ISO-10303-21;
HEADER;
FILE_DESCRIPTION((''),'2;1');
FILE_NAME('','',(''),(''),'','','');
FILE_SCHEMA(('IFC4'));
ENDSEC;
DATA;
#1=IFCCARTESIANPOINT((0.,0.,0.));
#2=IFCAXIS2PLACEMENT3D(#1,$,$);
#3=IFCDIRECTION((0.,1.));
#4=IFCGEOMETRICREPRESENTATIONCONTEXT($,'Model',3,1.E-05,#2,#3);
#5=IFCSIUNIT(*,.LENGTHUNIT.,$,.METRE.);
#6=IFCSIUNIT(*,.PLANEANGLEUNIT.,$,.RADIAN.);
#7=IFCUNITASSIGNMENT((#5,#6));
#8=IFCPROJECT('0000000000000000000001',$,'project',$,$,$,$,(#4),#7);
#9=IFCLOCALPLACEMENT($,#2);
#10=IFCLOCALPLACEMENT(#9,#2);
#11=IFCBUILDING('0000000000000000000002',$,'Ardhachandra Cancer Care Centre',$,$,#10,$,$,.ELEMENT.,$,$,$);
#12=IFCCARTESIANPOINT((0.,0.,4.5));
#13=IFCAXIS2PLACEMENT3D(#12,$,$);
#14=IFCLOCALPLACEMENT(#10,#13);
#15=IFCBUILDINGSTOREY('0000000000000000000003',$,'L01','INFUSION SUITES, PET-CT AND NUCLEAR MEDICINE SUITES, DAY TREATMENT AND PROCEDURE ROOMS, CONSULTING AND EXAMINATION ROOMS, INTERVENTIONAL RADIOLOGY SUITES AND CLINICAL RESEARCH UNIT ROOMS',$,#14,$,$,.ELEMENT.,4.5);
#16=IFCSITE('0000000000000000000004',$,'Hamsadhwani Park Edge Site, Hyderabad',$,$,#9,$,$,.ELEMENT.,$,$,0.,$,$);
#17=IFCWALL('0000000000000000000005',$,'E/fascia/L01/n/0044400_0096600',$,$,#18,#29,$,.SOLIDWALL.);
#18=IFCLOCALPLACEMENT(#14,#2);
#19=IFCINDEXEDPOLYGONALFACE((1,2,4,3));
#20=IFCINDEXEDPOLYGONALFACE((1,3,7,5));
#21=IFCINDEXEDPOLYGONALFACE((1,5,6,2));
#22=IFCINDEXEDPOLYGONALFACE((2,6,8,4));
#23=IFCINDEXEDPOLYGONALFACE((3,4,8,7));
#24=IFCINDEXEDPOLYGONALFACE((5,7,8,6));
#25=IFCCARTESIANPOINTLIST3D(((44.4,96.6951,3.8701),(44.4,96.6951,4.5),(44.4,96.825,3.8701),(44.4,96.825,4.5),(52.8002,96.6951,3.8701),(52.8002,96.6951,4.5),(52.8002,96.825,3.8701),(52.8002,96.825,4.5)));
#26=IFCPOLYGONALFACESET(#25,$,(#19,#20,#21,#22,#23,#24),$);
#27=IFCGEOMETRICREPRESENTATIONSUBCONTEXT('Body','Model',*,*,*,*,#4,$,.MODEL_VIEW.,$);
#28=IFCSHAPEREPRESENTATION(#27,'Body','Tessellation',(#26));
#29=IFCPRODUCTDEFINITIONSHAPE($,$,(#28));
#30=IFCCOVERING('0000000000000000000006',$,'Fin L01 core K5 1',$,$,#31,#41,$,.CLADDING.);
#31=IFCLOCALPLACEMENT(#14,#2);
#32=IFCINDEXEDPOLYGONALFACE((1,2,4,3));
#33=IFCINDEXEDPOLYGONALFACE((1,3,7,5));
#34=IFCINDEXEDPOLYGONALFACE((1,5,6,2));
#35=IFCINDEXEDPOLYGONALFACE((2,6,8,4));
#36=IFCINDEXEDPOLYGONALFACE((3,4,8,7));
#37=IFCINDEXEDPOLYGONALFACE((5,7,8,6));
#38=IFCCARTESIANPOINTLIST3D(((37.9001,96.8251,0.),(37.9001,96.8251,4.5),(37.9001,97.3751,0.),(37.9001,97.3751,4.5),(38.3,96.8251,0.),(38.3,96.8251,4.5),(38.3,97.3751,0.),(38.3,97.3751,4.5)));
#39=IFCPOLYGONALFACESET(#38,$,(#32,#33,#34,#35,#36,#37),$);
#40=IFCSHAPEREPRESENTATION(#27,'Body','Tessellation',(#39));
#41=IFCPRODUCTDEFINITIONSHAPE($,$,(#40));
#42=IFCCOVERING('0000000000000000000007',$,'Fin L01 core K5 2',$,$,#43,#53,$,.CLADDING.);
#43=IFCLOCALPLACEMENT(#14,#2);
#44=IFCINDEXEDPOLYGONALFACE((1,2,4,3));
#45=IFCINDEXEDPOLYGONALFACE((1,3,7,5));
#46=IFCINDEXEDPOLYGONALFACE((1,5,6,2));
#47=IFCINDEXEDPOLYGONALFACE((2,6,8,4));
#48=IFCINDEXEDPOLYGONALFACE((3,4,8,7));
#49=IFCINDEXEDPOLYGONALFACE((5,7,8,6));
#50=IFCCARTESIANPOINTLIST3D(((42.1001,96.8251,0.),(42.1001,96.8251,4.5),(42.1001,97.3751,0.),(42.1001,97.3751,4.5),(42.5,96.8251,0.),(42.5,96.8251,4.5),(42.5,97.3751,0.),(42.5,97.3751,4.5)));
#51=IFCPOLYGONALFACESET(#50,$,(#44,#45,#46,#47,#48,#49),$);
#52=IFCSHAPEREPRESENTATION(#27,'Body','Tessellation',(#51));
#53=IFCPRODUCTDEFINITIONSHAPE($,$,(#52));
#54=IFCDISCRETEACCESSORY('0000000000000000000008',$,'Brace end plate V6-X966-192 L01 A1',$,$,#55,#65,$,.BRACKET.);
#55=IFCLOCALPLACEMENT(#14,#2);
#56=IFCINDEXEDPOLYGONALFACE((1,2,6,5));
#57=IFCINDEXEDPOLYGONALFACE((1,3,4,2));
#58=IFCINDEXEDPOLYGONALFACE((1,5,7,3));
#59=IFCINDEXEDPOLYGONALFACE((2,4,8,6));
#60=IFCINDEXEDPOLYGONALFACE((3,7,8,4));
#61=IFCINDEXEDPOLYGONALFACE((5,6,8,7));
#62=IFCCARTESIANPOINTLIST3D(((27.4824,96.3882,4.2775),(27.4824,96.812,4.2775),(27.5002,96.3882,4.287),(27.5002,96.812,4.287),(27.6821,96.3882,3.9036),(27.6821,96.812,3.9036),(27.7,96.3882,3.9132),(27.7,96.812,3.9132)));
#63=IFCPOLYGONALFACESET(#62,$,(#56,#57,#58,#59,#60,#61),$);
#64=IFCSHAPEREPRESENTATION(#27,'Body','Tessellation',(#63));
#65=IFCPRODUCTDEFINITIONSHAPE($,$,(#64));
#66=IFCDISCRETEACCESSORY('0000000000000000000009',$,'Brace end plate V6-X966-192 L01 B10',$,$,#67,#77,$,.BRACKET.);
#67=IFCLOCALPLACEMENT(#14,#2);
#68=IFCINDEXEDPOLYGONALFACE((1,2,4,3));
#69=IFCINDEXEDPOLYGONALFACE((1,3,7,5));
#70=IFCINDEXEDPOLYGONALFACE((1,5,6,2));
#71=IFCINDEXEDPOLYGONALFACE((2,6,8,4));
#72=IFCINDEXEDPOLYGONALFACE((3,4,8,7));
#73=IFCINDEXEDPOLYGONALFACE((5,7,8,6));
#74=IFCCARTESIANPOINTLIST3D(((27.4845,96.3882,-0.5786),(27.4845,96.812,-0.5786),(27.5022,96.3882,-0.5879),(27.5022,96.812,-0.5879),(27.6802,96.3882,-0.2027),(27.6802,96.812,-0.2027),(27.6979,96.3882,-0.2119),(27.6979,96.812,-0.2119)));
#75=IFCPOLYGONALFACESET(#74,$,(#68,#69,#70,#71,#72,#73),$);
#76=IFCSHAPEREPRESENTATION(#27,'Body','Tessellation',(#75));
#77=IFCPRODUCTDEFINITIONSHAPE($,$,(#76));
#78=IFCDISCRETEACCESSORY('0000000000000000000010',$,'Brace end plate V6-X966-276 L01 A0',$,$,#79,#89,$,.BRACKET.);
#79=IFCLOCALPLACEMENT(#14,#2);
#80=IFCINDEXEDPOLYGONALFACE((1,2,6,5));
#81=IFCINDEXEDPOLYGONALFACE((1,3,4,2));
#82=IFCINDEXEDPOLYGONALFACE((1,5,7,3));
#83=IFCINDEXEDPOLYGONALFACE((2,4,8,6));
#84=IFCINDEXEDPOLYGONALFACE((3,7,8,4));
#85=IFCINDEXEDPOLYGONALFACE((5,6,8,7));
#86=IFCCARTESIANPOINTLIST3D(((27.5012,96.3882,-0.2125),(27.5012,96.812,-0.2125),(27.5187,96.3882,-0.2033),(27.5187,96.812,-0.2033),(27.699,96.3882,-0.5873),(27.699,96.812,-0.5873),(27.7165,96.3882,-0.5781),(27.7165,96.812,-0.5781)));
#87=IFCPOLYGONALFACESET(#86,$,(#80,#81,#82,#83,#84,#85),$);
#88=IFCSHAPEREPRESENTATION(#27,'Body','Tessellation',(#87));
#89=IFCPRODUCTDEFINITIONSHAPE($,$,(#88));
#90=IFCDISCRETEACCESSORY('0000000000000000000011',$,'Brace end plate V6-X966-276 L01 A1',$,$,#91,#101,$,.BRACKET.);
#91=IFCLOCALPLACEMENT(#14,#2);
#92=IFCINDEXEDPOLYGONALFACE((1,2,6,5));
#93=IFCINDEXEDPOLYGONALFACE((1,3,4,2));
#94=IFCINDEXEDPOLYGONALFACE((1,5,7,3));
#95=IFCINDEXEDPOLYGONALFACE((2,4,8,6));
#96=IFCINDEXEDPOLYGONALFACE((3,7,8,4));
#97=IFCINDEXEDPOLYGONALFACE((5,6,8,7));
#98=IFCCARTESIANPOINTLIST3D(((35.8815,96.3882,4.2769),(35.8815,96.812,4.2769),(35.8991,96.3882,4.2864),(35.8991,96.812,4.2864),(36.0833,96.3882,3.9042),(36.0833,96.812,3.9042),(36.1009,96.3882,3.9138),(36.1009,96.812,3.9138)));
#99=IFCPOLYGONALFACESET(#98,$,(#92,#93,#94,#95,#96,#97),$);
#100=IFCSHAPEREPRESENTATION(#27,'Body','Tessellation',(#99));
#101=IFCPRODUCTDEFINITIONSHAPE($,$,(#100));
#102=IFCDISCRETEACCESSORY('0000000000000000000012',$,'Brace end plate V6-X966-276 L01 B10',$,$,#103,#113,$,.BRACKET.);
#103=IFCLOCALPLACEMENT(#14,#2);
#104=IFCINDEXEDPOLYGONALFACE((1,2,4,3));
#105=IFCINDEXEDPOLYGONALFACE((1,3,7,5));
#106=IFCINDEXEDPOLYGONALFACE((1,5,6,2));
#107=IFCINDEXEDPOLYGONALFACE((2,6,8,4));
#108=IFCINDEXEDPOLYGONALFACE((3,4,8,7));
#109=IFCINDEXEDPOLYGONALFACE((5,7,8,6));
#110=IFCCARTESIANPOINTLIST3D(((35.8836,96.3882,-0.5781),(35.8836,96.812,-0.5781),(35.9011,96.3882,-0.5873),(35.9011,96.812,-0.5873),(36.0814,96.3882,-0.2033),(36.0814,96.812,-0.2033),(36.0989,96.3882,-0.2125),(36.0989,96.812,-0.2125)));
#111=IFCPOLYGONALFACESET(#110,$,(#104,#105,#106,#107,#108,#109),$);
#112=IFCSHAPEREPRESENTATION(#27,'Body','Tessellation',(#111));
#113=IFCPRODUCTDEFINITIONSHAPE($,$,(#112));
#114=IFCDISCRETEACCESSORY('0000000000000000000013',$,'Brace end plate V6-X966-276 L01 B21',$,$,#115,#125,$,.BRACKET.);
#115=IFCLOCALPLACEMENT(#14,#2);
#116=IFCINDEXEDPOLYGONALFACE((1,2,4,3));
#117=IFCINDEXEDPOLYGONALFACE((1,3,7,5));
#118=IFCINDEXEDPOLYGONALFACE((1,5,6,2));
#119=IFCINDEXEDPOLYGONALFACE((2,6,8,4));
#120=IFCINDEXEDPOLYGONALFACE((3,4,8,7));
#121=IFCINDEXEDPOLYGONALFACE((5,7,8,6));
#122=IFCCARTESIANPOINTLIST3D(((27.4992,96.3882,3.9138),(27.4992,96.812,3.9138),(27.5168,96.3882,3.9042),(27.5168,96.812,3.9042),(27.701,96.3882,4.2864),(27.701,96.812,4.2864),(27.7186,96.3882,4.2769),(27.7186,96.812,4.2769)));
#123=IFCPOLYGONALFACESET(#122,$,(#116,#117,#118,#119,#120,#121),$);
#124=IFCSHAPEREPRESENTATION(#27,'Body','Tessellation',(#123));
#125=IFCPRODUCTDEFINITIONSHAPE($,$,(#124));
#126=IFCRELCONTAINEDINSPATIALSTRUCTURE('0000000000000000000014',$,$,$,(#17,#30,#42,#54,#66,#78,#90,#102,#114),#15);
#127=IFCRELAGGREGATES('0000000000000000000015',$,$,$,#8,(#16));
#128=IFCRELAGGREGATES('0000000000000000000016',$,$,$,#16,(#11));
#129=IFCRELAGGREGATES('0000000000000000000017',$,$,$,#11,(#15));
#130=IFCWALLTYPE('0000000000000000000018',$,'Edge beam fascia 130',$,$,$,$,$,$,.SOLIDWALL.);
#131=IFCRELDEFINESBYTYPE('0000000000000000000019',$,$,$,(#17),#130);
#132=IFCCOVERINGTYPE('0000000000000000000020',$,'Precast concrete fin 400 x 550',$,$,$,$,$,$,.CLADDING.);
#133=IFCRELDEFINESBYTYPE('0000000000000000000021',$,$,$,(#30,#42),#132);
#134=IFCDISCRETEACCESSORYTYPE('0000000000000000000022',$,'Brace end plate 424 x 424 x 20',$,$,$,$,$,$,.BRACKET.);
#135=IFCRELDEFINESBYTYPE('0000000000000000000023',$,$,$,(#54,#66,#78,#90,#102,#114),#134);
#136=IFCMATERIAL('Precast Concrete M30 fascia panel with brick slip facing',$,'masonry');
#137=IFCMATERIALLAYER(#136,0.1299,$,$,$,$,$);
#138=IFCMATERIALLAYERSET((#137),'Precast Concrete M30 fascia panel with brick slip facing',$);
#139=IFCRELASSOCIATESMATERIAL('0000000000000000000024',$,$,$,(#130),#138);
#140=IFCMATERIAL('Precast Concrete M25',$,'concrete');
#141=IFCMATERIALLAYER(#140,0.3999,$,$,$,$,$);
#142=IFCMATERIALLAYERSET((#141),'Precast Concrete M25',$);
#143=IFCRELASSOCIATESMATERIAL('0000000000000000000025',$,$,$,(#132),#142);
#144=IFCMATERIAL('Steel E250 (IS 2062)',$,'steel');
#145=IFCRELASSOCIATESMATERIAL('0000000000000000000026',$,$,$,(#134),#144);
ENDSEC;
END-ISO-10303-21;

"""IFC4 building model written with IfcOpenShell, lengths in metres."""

from ifc_helpers import new_model, si_unit, direction, frame, frame_2d, origin, origin_2d, place, context, subcontext, project, spatial, rectangle, extrude, material, layer, layer_set, material_profile, profile_set, type_object, element, save


model = new_model("IFC4")

# Units and contexts
model_context = context("Model", 3, precision=1e-05, world=origin(), true_north=direction((0.0, 1.0)))
body_context = subcontext(model_context, "Body", "Model", "MODEL_VIEW")
ifc_project = project(units=[si_unit("LENGTHUNIT", "METRE"), si_unit("PLANEANGLEUNIT", "RADIAN")], contexts=[model_context])

# Site, building, storey
site_placement = place(None, origin())
site = spatial("IfcSite", under=ifc_project, at=site_placement, Name="Hamsadhwani Park Edge Site, Hyderabad", CompositionType="ELEMENT", RefElevation=0.0)
building_placement = place(site_placement, origin())
building = spatial("IfcBuilding", under=site, at=building_placement, Name="Ardhachandra Cancer Care Centre", CompositionType="ELEMENT")
storey_placement = place(building_placement, frame((0.0, 0.0, 4.5)))
storey = spatial("IfcBuildingStorey", under=building, at=storey_placement, Name="L01", Description="INFUSION SUITES, PET-CT AND NUCLEAR MEDICINE SUITES, DAY TREATMENT AND PROCEDURE ROOMS, CONSULTING AND EXAMINATION ROOMS, INTERVENTIONAL RADIOLOGY SUITES AND CLINICAL RESEARCH UNIT ROOMS", CompositionType="ELEMENT", Elevation=4.5)

# Wall
ifc_material_1 = material(Name="Precast Concrete M30 fascia panel with brick slip facing", Category="masonry")
ifc_layer_1 = layer(ifc_material_1, 0.1299)
ifc_layer_set_1 = layer_set([ifc_layer_1], Name="Precast Concrete M30 fascia panel with brick slip facing")
wall_type_1 = type_object("IfcWallType", Name="Edge beam fascia 130", PredefinedType="SOLIDWALL", material=ifc_layer_set_1)
wall_1_placement = place(storey_placement, frame((44.3999, 96.76, 3.8701), z_axis=(0.0, 0.0, 1.0), x_axis=(1.0, 0.0, 0.0)))
element("IfcWall", 1, at=wall_1_placement, inside=storey, type_object=wall_type_1, Name="E/fascia/L01/n/0044400_0096600", PredefinedType="SOLIDWALL", context=body_context, shape_type="SweptSolid", body=[
    extrude(rectangle(XDim=8.4001, YDim=0.1299, at=frame_2d((4.2002, 0.0))), origin(), (0.0, 0.0, 1.0), 0.6299),
])

# Coverings
ifc_material_2 = material(Name="Precast Concrete M25", Category="concrete")
ifc_layer_2 = layer(ifc_material_2, 0.3999)
ifc_layer_set_2 = layer_set([ifc_layer_2], Name="Precast Concrete M25")
covering_type = type_object("IfcCoveringType", Name="Precast concrete fin 400 x 550", PredefinedType="CLADDING", material=ifc_layer_set_2)
for number, where, z_axis, x_axis, name in (
    (2, (38.1001, 97.1001, 0.0), (0.0, 0.0, 1.0), (1.0, 0.0, 0.0), "Fin L01 core K5 1"),
    (3, (42.3, 97.1001, 0.0), (0.0, 0.0, 1.0), (1.0, 0.0, 0.0), "Fin L01 core K5 2"),
):
    element("IfcCovering", number, at=place(storey_placement, frame(where, z_axis=z_axis, x_axis=x_axis)), inside=storey, type_object=covering_type, Name=name, PredefinedType="CLADDING", context=body_context, shape_type="SweptSolid", body=[
        extrude(rectangle(XDim=0.3999, YDim=0.55, at=origin_2d()), origin(), (0.0, 0.0, 1.0), 4.5),
    ])

# Discrete accessories
ifc_material_3 = material(Name="Steel E250 (IS 2062)", Category="steel")
ifc_material_profile_1 = material_profile(ifc_material_3, rectangle(XDim=0.4238, YDim=0.4238, at=origin_2d()), Name="PL 424x424x20")
ifc_profile_set_1 = profile_set([ifc_material_profile_1], Name="Steel E250 (IS 2062)")
discrete_accessory_type = type_object("IfcDiscreteAccessoryType", Name="Brace end plate 424 x 424 x 20", PredefinedType="BRACKET", material=ifc_profile_set_1)
discrete_accessory_1_placement = place(storey_placement, frame((27.6001, 96.6001, 4.1001), z_axis=(-0.882018, 0.0, -0.471215), x_axis=(0.0, -1.0, 0.0)))
element("IfcDiscreteAccessory", 4, at=discrete_accessory_1_placement, inside=storey, type_object=discrete_accessory_type, Name="Brace end plate V6-X966-192 L01 A1", PredefinedType="BRACKET", context=body_context, shape_type="SweptSolid", body=[
    extrude(rectangle(XDim=0.4238, YDim=0.4238, at=origin_2d()), origin(), (0.0, 0.0, 1.0), 0.0203),
])
discrete_accessory_2_placement = place(storey_placement, frame((27.6001, 96.6001, -0.3999), z_axis=(-0.887018, 0.0, 0.461735), x_axis=(0.0, -1.0, 0.0)))
element("IfcDiscreteAccessory", 5, at=discrete_accessory_2_placement, inside=storey, type_object=discrete_accessory_type, Name="Brace end plate V6-X966-192 L01 B10", PredefinedType="BRACKET", context=body_context, shape_type="SweptSolid", body=[
    extrude(rectangle(XDim=0.4238, YDim=0.4238, at=origin_2d()), origin(), (0.0, 0.0, 1.0), 0.02),
])
discrete_accessory_3_placement = place(storey_placement, frame((27.6001, 96.6001, -0.3999), z_axis=(0.884385, 0.0, 0.466759), x_axis=(0.0, 1.0, 0.0)))
element("IfcDiscreteAccessory", 6, at=discrete_accessory_3_placement, inside=storey, type_object=discrete_accessory_type, Name="Brace end plate V6-X966-276 L01 A0", PredefinedType="BRACKET", context=body_context, shape_type="SweptSolid", body=[
    extrude(rectangle(XDim=0.4238, YDim=0.4238, at=origin_2d()), origin(), (0.0, 0.0, 1.0), 0.0198),
])
discrete_accessory_4_placement = place(storey_placement, frame((36.0, 96.6001, 4.1001), z_axis=(-0.879292, 0.0, -0.476283), x_axis=(0.0, -1.0, 0.0)))
element("IfcDiscreteAccessory", 7, at=discrete_accessory_4_placement, inside=storey, type_object=discrete_accessory_type, Name="Brace end plate V6-X966-276 L01 A1", PredefinedType="BRACKET", context=body_context, shape_type="SweptSolid", body=[
    extrude(rectangle(XDim=0.4238, YDim=0.4238, at=origin_2d()), origin(), (0.0, 0.0, 1.0), 0.02),
])
discrete_accessory_5_placement = place(storey_placement, frame((36.0, 96.6001, -0.3999), z_axis=(-0.884385, 0.0, 0.466759), x_axis=(0.0, -1.0, 0.0)))
element("IfcDiscreteAccessory", 8, at=discrete_accessory_5_placement, inside=storey, type_object=discrete_accessory_type, Name="Brace end plate V6-X966-276 L01 B10", PredefinedType="BRACKET", context=body_context, shape_type="SweptSolid", body=[
    extrude(rectangle(XDim=0.4238, YDim=0.4238, at=origin_2d()), origin(), (0.0, 0.0, 1.0), 0.0198),
])
discrete_accessory_6_placement = place(storey_placement, frame((27.6001, 96.6001, 4.1001), z_axis=(0.879292, 0.0, -0.476283), x_axis=(0.0, 1.0, 0.0)))
element("IfcDiscreteAccessory", 9, at=discrete_accessory_6_placement, inside=storey, type_object=discrete_accessory_type, Name="Brace end plate V6-X966-276 L01 B21", PredefinedType="BRACKET", context=body_context, shape_type="SweptSolid", body=[
    extrude(rectangle(XDim=0.4238, YDim=0.4238, at=origin_2d()), origin(), (0.0, 0.0, 1.0), 0.02),
])

save(model, "model.ifc")
